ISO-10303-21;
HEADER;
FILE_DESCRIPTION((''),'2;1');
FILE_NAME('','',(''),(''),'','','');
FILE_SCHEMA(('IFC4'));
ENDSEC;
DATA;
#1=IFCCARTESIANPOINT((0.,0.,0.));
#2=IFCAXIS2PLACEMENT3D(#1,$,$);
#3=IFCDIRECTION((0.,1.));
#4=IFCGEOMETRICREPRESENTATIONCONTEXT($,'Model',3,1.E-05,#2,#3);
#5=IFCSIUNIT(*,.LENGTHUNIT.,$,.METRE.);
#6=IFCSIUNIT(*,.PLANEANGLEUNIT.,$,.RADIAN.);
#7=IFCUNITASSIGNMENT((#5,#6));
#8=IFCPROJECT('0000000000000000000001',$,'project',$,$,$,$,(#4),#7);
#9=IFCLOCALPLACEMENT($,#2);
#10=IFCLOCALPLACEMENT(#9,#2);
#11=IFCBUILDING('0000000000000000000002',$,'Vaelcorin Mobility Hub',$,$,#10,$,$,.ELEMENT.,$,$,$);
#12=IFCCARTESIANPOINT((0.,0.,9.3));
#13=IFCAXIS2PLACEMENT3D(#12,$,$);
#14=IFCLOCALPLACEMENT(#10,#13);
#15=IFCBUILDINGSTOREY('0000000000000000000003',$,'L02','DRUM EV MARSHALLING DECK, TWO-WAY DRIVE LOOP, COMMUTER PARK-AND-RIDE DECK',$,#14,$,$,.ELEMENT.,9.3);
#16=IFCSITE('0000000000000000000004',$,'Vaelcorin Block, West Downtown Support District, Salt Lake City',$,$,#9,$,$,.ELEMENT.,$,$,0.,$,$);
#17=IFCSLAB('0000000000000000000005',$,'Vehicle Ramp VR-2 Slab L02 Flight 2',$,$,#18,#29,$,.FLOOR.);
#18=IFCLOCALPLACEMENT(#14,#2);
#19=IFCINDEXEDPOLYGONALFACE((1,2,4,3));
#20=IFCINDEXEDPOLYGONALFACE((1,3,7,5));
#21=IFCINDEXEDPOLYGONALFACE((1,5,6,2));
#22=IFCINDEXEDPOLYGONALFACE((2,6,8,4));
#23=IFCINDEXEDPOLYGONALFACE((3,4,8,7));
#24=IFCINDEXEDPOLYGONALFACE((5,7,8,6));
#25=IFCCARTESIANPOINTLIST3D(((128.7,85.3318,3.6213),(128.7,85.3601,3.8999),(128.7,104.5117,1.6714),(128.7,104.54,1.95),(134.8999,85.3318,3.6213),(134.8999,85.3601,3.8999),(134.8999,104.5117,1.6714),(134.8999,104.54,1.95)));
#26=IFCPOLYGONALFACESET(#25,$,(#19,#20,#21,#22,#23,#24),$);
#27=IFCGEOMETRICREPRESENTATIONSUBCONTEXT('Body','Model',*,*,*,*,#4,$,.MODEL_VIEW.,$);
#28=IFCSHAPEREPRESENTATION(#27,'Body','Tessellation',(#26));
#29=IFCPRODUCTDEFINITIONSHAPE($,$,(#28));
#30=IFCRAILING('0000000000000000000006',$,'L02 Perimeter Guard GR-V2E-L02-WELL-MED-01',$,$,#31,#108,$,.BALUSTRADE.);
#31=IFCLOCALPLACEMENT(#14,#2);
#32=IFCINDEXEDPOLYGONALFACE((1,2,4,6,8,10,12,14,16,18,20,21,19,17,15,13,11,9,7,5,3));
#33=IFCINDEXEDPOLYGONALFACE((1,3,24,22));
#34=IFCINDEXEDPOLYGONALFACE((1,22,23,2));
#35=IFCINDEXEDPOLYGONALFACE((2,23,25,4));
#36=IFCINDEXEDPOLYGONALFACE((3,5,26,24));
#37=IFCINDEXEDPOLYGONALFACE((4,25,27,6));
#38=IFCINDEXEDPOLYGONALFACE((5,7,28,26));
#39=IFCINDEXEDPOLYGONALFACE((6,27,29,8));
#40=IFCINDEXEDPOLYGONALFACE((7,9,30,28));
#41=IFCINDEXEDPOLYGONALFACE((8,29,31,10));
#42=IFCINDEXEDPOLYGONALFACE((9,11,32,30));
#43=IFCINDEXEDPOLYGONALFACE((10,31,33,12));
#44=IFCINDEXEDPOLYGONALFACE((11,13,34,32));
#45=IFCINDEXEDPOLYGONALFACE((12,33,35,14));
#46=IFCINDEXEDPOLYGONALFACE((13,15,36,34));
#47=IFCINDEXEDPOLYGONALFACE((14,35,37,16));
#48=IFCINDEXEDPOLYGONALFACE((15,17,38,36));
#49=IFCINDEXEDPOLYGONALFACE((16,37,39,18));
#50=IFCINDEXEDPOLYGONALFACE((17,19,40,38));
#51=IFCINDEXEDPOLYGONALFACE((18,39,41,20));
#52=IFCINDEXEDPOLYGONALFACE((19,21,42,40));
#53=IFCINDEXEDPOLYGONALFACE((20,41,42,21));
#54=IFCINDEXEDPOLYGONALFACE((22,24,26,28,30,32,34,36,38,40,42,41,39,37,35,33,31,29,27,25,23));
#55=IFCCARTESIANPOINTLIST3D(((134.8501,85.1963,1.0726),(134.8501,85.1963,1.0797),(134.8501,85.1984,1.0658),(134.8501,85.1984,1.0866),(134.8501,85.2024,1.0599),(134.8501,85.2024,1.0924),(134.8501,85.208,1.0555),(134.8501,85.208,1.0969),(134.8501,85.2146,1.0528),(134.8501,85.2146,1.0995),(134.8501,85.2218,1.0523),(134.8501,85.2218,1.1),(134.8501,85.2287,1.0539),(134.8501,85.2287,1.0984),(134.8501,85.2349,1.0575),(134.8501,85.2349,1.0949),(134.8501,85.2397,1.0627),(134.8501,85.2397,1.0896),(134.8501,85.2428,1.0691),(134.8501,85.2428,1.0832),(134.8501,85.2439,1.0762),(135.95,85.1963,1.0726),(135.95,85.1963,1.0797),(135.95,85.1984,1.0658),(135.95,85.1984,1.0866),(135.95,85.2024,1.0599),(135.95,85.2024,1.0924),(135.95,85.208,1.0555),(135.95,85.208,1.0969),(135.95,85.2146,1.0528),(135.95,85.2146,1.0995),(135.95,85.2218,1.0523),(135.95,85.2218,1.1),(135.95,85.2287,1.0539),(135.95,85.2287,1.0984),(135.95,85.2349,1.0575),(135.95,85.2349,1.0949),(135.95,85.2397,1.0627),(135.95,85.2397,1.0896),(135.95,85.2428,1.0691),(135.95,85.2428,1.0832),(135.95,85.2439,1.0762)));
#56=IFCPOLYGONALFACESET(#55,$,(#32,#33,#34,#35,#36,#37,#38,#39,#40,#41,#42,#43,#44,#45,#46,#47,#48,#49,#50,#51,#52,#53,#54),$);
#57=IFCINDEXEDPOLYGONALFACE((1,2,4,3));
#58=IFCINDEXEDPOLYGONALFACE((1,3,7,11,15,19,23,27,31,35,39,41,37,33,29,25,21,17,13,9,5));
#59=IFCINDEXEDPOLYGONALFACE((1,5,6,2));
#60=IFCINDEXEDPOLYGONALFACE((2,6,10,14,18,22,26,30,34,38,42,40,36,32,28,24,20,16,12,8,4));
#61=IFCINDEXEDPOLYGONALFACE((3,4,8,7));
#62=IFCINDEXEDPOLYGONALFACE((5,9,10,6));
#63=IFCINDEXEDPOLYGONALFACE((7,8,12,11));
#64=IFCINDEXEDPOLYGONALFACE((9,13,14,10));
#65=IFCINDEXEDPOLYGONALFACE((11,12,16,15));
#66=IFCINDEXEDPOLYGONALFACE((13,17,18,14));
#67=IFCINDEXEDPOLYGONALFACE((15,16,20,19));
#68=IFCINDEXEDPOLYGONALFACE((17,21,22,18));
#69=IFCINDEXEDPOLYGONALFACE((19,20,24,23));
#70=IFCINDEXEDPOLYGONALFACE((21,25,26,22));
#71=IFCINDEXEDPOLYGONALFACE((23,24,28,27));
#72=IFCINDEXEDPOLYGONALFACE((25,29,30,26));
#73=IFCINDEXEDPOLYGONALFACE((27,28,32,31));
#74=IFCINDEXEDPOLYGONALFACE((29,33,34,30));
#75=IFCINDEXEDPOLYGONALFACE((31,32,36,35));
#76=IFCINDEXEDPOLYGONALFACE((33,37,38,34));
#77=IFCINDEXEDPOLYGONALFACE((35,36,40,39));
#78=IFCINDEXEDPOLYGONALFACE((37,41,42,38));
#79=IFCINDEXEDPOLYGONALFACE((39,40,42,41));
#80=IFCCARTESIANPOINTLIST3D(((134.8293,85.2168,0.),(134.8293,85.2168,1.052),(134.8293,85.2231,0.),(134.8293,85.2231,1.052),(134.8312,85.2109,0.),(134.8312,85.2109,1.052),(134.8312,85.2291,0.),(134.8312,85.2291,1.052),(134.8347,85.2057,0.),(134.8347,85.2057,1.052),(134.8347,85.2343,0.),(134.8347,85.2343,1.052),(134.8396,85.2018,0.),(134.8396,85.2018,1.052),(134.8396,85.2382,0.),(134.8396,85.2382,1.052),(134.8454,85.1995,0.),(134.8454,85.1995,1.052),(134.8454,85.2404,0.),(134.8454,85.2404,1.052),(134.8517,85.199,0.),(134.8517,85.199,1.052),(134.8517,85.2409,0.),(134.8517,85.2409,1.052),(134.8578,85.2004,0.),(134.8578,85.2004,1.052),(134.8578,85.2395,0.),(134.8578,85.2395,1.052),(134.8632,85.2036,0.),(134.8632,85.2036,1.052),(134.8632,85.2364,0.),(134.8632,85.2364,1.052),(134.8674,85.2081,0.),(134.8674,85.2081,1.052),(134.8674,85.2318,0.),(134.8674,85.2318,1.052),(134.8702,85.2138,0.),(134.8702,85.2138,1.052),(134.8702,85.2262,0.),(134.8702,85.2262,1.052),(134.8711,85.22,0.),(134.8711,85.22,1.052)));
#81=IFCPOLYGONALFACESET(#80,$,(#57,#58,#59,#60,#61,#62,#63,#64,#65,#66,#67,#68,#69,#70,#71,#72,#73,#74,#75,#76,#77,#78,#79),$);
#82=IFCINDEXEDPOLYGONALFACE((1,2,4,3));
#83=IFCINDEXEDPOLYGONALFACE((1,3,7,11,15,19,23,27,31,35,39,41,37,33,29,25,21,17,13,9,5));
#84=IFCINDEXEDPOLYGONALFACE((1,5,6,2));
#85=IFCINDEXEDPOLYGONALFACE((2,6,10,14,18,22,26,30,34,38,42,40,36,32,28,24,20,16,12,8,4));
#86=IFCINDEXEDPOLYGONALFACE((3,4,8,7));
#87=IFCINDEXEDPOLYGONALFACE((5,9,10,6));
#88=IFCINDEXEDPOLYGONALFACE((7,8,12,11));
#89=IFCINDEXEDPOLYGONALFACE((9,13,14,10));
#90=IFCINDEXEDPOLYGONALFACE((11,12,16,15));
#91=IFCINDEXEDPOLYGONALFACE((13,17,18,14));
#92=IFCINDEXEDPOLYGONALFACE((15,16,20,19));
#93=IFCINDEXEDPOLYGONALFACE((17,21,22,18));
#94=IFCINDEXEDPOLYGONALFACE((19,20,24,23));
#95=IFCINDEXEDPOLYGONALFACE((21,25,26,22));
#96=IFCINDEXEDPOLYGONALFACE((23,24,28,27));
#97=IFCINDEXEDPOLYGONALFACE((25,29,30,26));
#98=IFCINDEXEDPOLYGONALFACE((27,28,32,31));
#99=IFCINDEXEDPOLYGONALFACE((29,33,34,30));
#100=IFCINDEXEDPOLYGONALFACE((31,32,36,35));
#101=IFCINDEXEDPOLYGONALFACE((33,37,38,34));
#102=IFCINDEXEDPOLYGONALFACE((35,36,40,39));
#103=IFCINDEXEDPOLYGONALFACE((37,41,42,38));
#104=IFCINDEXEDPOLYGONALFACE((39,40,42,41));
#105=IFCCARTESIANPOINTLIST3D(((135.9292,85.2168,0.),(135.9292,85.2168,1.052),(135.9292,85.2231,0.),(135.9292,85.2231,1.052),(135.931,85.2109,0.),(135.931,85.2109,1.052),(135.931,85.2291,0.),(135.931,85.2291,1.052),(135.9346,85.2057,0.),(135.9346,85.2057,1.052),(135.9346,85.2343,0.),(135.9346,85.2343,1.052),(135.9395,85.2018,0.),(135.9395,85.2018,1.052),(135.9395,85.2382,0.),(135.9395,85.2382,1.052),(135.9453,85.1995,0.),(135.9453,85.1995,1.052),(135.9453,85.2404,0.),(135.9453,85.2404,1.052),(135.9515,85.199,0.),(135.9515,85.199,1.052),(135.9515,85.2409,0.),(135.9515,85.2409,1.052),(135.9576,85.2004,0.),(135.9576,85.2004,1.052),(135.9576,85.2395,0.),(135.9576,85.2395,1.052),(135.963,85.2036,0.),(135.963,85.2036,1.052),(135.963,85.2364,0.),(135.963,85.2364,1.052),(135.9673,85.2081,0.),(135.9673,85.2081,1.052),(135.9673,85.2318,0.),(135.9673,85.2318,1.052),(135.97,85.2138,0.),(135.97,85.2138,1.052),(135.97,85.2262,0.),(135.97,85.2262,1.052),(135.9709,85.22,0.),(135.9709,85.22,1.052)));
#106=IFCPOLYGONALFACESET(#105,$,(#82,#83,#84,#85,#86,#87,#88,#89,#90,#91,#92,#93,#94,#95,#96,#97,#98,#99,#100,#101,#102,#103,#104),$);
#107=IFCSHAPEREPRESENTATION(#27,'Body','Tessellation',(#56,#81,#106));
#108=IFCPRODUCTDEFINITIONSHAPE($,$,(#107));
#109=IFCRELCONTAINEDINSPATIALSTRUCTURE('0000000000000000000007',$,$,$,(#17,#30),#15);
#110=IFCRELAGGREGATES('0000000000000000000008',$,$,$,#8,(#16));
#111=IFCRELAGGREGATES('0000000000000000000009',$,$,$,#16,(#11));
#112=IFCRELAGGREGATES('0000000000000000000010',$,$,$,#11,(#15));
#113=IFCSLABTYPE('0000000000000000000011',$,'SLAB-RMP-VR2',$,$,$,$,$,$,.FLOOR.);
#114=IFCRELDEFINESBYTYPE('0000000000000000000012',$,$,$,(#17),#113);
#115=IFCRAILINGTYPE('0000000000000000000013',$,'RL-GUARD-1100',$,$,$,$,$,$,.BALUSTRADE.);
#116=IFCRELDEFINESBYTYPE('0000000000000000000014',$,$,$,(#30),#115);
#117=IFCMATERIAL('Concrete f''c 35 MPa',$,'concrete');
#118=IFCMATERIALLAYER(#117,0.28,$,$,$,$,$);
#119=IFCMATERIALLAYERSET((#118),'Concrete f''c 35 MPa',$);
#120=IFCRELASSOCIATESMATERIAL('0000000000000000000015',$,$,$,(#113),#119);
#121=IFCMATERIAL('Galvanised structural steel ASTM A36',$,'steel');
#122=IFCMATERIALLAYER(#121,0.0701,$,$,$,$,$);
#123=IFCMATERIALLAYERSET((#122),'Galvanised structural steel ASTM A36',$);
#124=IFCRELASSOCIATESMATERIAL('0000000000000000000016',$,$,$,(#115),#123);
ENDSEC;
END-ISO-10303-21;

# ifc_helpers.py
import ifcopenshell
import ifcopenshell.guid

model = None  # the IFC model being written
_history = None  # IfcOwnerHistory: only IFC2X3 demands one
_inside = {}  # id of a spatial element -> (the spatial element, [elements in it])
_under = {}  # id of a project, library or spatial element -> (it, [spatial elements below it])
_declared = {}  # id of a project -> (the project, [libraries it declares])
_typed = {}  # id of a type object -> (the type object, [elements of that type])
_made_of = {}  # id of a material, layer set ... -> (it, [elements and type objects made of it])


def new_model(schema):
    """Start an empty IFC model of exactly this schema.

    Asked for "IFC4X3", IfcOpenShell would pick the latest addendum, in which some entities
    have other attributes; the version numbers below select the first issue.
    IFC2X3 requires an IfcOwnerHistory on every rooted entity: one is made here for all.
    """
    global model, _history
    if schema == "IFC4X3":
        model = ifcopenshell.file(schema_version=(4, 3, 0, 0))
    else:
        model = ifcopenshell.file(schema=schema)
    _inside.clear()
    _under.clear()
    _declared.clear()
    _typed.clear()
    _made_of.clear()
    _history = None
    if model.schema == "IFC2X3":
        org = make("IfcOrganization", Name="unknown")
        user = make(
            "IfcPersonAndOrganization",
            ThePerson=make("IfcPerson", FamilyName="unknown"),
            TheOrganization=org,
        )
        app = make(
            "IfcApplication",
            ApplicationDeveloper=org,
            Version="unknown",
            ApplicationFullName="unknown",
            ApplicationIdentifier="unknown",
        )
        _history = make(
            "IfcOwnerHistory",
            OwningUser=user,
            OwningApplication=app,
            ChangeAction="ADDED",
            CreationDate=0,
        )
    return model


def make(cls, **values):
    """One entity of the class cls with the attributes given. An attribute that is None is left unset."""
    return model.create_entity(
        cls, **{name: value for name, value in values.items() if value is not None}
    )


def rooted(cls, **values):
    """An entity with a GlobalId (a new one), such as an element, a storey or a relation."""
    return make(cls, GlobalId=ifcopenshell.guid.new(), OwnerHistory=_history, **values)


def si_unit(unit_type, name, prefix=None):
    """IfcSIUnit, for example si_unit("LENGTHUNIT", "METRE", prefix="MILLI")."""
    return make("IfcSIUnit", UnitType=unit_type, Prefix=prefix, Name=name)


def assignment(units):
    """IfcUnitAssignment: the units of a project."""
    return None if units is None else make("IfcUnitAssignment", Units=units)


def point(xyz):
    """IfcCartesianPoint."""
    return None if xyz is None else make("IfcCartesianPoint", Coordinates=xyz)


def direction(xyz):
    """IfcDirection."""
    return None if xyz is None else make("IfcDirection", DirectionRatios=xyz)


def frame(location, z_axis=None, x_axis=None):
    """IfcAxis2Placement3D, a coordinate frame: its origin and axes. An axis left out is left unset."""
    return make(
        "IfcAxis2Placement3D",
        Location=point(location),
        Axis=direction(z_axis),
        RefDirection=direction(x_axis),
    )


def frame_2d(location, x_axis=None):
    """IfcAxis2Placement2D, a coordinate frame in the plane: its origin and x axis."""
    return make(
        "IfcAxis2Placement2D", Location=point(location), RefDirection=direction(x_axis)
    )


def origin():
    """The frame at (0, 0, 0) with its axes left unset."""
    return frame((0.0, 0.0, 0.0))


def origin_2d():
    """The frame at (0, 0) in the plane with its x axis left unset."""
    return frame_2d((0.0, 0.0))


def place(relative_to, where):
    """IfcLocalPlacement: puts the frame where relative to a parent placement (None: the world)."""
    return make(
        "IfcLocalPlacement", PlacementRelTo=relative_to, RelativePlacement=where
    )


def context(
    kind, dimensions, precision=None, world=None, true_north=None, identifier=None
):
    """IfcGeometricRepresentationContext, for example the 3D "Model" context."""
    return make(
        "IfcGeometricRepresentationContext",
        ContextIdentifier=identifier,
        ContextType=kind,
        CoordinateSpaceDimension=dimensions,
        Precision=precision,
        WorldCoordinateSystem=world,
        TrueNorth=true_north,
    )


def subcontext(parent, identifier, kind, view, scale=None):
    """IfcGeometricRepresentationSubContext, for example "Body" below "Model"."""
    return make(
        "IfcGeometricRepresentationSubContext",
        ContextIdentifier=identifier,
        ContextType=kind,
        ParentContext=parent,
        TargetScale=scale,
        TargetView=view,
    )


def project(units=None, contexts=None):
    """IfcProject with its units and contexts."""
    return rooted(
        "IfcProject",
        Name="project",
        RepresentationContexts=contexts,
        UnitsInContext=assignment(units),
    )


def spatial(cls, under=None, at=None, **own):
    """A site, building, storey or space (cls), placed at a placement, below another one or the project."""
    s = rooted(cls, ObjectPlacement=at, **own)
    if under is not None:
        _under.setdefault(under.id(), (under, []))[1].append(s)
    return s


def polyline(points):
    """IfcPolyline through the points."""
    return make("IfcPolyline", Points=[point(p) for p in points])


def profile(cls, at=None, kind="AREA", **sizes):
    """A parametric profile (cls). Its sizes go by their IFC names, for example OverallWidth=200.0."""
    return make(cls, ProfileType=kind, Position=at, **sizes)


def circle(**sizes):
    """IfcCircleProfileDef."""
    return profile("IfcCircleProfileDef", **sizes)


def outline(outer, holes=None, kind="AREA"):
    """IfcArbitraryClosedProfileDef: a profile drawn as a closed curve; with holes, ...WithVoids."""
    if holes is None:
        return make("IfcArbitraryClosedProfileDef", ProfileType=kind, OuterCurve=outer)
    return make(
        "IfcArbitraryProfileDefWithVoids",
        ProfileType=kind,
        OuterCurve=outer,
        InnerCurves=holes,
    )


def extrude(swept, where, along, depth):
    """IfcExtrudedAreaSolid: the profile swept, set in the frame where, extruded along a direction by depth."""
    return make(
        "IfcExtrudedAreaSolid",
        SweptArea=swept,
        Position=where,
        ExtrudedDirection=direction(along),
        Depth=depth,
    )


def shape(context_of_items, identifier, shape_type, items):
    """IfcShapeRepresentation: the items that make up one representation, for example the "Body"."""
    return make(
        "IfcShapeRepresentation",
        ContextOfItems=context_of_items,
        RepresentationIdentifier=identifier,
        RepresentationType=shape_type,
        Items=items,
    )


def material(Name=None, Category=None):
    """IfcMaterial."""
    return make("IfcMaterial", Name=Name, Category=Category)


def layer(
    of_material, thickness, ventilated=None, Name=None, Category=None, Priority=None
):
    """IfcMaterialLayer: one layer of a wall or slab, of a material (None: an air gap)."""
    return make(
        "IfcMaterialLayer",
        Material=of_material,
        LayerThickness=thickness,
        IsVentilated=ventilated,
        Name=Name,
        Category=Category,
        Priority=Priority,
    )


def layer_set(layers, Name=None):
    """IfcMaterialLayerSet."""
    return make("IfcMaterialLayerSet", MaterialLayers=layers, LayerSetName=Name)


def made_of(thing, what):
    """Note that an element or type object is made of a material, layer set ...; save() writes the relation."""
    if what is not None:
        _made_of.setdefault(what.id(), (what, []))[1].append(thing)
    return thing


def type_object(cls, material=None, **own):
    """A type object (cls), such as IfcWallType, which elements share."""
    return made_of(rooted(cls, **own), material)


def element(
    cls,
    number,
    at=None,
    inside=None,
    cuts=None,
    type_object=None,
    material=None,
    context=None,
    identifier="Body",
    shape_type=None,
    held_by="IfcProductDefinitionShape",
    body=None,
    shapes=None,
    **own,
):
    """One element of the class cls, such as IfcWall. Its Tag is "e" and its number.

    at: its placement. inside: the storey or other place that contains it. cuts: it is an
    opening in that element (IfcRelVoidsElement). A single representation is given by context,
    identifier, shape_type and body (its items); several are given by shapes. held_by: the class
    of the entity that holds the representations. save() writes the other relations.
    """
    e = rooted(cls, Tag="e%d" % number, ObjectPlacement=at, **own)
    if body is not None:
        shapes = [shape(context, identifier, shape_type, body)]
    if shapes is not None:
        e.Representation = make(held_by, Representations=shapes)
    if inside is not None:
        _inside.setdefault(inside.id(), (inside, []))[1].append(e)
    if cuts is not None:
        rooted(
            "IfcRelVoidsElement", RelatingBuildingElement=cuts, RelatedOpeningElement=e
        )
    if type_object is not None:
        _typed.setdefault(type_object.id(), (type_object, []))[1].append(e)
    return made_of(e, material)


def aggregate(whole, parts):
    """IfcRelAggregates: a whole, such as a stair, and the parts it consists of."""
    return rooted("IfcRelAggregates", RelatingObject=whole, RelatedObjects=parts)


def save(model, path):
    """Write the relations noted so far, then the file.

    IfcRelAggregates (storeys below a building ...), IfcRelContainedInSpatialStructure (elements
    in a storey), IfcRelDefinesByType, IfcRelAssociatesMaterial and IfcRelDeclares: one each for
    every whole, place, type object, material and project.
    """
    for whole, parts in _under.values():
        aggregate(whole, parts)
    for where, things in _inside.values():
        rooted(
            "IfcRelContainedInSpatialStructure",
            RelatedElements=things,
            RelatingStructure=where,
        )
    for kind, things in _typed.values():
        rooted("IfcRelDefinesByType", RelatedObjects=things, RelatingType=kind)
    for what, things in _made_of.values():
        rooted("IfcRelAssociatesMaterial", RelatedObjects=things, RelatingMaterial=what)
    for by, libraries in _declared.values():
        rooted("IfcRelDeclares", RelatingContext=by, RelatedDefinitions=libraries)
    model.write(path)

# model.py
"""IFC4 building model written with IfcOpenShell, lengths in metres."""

from ifc_helpers import new_model, si_unit, direction, frame, origin, origin_2d, place, context, subcontext, project, spatial, polyline, circle, outline, extrude, material, layer, layer_set, type_object, element, save


model = new_model("IFC4")

# Units and contexts
model_context = context("Model", 3, precision=1e-05, world=origin(), true_north=direction((0.0, 1.0)))
body_context = subcontext(model_context, "Body", "Model", "MODEL_VIEW")
ifc_project = project(units=[si_unit("LENGTHUNIT", "METRE"), si_unit("PLANEANGLEUNIT", "RADIAN")], contexts=[model_context])

# Site, building, storey
site_placement = place(None, origin())
site = spatial("IfcSite", under=ifc_project, at=site_placement, Name="Vaelcorin Block, West Downtown Support District, Salt Lake City", CompositionType="ELEMENT", RefElevation=0.0)
building_placement = place(site_placement, origin())
building = spatial("IfcBuilding", under=site, at=building_placement, Name="Vaelcorin Mobility Hub", CompositionType="ELEMENT")
storey_placement = place(building_placement, frame((0.0, 0.0, 9.3)))
storey = spatial("IfcBuildingStorey", under=building, at=storey_placement, Name="L02", Description="DRUM EV MARSHALLING DECK, TWO-WAY DRIVE LOOP, COMMUTER PARK-AND-RIDE DECK", CompositionType="ELEMENT", Elevation=9.3)

# Slab
ifc_material_1 = material(Name="Concrete f'c 35 MPa", Category="concrete")
ifc_layer_1 = layer(ifc_material_1, 0.28)
ifc_layer_set_1 = layer_set([ifc_layer_1], Name="Concrete f'c 35 MPa")
slab_type = type_object("IfcSlabType", Name="SLAB-RMP-VR2", PredefinedType="FLOOR", material=ifc_layer_set_1)
slab_1_placement = place(storey_placement, frame((128.7, 85.3601, 3.8999), z_axis=(0.0, 0.101145, 0.994872), x_axis=(1.0, 0.0, 0.0)))
element("IfcSlab", 1, at=slab_1_placement, inside=storey, type_object=slab_type, Name="Vehicle Ramp VR-2 Slab L02 Flight 2", PredefinedType="FLOOR", context=body_context, shape_type="SweptSolid", body=[
    extrude(outline(polyline([(0.0, 0.0), (6.2, 0.0), (6.2, 19.2788), (0.0, 19.2788), (0.0, 0.0)])), origin(), (0.0, 0.0, -1.0), 0.28),
])

# Railing
ifc_material_2 = material(Name="Galvanised structural steel ASTM A36", Category="steel")
ifc_layer_2 = layer(ifc_material_2, 0.0701)
ifc_layer_set_2 = layer_set([ifc_layer_2], Name="Galvanised structural steel ASTM A36")
railing_type = type_object("IfcRailingType", Name="RL-GUARD-1100", PredefinedType="BALUSTRADE", material=ifc_layer_set_2)
railing_1_placement = place(storey_placement, frame((134.8501, 85.22, 0.0)))
element("IfcRailing", 2, at=railing_1_placement, inside=storey, type_object=railing_type, Name="L02 Perimeter Guard GR-V2E-L02-WELL-MED-01", PredefinedType="BALUSTRADE", context=body_context, shape_type="SweptSolid", body=[
    extrude(circle(Radius=0.0239, at=origin_2d()), frame((0.0, 0.0, 1.0762), z_axis=(1.0, 0.0, 0.0), x_axis=(0.0, 1.0, 0.0)), (0.0, 0.0, 1.0), 1.0999),
    extrude(circle(Radius=0.021, at=origin_2d()), origin(), (0.0, 0.0, 1.0), 1.052),
    extrude(circle(Radius=0.021, at=origin_2d()), frame((1.0999, 0.0, 0.0)), (0.0, 0.0, 1.0), 1.052),
])

save(model, "model.ifc")
